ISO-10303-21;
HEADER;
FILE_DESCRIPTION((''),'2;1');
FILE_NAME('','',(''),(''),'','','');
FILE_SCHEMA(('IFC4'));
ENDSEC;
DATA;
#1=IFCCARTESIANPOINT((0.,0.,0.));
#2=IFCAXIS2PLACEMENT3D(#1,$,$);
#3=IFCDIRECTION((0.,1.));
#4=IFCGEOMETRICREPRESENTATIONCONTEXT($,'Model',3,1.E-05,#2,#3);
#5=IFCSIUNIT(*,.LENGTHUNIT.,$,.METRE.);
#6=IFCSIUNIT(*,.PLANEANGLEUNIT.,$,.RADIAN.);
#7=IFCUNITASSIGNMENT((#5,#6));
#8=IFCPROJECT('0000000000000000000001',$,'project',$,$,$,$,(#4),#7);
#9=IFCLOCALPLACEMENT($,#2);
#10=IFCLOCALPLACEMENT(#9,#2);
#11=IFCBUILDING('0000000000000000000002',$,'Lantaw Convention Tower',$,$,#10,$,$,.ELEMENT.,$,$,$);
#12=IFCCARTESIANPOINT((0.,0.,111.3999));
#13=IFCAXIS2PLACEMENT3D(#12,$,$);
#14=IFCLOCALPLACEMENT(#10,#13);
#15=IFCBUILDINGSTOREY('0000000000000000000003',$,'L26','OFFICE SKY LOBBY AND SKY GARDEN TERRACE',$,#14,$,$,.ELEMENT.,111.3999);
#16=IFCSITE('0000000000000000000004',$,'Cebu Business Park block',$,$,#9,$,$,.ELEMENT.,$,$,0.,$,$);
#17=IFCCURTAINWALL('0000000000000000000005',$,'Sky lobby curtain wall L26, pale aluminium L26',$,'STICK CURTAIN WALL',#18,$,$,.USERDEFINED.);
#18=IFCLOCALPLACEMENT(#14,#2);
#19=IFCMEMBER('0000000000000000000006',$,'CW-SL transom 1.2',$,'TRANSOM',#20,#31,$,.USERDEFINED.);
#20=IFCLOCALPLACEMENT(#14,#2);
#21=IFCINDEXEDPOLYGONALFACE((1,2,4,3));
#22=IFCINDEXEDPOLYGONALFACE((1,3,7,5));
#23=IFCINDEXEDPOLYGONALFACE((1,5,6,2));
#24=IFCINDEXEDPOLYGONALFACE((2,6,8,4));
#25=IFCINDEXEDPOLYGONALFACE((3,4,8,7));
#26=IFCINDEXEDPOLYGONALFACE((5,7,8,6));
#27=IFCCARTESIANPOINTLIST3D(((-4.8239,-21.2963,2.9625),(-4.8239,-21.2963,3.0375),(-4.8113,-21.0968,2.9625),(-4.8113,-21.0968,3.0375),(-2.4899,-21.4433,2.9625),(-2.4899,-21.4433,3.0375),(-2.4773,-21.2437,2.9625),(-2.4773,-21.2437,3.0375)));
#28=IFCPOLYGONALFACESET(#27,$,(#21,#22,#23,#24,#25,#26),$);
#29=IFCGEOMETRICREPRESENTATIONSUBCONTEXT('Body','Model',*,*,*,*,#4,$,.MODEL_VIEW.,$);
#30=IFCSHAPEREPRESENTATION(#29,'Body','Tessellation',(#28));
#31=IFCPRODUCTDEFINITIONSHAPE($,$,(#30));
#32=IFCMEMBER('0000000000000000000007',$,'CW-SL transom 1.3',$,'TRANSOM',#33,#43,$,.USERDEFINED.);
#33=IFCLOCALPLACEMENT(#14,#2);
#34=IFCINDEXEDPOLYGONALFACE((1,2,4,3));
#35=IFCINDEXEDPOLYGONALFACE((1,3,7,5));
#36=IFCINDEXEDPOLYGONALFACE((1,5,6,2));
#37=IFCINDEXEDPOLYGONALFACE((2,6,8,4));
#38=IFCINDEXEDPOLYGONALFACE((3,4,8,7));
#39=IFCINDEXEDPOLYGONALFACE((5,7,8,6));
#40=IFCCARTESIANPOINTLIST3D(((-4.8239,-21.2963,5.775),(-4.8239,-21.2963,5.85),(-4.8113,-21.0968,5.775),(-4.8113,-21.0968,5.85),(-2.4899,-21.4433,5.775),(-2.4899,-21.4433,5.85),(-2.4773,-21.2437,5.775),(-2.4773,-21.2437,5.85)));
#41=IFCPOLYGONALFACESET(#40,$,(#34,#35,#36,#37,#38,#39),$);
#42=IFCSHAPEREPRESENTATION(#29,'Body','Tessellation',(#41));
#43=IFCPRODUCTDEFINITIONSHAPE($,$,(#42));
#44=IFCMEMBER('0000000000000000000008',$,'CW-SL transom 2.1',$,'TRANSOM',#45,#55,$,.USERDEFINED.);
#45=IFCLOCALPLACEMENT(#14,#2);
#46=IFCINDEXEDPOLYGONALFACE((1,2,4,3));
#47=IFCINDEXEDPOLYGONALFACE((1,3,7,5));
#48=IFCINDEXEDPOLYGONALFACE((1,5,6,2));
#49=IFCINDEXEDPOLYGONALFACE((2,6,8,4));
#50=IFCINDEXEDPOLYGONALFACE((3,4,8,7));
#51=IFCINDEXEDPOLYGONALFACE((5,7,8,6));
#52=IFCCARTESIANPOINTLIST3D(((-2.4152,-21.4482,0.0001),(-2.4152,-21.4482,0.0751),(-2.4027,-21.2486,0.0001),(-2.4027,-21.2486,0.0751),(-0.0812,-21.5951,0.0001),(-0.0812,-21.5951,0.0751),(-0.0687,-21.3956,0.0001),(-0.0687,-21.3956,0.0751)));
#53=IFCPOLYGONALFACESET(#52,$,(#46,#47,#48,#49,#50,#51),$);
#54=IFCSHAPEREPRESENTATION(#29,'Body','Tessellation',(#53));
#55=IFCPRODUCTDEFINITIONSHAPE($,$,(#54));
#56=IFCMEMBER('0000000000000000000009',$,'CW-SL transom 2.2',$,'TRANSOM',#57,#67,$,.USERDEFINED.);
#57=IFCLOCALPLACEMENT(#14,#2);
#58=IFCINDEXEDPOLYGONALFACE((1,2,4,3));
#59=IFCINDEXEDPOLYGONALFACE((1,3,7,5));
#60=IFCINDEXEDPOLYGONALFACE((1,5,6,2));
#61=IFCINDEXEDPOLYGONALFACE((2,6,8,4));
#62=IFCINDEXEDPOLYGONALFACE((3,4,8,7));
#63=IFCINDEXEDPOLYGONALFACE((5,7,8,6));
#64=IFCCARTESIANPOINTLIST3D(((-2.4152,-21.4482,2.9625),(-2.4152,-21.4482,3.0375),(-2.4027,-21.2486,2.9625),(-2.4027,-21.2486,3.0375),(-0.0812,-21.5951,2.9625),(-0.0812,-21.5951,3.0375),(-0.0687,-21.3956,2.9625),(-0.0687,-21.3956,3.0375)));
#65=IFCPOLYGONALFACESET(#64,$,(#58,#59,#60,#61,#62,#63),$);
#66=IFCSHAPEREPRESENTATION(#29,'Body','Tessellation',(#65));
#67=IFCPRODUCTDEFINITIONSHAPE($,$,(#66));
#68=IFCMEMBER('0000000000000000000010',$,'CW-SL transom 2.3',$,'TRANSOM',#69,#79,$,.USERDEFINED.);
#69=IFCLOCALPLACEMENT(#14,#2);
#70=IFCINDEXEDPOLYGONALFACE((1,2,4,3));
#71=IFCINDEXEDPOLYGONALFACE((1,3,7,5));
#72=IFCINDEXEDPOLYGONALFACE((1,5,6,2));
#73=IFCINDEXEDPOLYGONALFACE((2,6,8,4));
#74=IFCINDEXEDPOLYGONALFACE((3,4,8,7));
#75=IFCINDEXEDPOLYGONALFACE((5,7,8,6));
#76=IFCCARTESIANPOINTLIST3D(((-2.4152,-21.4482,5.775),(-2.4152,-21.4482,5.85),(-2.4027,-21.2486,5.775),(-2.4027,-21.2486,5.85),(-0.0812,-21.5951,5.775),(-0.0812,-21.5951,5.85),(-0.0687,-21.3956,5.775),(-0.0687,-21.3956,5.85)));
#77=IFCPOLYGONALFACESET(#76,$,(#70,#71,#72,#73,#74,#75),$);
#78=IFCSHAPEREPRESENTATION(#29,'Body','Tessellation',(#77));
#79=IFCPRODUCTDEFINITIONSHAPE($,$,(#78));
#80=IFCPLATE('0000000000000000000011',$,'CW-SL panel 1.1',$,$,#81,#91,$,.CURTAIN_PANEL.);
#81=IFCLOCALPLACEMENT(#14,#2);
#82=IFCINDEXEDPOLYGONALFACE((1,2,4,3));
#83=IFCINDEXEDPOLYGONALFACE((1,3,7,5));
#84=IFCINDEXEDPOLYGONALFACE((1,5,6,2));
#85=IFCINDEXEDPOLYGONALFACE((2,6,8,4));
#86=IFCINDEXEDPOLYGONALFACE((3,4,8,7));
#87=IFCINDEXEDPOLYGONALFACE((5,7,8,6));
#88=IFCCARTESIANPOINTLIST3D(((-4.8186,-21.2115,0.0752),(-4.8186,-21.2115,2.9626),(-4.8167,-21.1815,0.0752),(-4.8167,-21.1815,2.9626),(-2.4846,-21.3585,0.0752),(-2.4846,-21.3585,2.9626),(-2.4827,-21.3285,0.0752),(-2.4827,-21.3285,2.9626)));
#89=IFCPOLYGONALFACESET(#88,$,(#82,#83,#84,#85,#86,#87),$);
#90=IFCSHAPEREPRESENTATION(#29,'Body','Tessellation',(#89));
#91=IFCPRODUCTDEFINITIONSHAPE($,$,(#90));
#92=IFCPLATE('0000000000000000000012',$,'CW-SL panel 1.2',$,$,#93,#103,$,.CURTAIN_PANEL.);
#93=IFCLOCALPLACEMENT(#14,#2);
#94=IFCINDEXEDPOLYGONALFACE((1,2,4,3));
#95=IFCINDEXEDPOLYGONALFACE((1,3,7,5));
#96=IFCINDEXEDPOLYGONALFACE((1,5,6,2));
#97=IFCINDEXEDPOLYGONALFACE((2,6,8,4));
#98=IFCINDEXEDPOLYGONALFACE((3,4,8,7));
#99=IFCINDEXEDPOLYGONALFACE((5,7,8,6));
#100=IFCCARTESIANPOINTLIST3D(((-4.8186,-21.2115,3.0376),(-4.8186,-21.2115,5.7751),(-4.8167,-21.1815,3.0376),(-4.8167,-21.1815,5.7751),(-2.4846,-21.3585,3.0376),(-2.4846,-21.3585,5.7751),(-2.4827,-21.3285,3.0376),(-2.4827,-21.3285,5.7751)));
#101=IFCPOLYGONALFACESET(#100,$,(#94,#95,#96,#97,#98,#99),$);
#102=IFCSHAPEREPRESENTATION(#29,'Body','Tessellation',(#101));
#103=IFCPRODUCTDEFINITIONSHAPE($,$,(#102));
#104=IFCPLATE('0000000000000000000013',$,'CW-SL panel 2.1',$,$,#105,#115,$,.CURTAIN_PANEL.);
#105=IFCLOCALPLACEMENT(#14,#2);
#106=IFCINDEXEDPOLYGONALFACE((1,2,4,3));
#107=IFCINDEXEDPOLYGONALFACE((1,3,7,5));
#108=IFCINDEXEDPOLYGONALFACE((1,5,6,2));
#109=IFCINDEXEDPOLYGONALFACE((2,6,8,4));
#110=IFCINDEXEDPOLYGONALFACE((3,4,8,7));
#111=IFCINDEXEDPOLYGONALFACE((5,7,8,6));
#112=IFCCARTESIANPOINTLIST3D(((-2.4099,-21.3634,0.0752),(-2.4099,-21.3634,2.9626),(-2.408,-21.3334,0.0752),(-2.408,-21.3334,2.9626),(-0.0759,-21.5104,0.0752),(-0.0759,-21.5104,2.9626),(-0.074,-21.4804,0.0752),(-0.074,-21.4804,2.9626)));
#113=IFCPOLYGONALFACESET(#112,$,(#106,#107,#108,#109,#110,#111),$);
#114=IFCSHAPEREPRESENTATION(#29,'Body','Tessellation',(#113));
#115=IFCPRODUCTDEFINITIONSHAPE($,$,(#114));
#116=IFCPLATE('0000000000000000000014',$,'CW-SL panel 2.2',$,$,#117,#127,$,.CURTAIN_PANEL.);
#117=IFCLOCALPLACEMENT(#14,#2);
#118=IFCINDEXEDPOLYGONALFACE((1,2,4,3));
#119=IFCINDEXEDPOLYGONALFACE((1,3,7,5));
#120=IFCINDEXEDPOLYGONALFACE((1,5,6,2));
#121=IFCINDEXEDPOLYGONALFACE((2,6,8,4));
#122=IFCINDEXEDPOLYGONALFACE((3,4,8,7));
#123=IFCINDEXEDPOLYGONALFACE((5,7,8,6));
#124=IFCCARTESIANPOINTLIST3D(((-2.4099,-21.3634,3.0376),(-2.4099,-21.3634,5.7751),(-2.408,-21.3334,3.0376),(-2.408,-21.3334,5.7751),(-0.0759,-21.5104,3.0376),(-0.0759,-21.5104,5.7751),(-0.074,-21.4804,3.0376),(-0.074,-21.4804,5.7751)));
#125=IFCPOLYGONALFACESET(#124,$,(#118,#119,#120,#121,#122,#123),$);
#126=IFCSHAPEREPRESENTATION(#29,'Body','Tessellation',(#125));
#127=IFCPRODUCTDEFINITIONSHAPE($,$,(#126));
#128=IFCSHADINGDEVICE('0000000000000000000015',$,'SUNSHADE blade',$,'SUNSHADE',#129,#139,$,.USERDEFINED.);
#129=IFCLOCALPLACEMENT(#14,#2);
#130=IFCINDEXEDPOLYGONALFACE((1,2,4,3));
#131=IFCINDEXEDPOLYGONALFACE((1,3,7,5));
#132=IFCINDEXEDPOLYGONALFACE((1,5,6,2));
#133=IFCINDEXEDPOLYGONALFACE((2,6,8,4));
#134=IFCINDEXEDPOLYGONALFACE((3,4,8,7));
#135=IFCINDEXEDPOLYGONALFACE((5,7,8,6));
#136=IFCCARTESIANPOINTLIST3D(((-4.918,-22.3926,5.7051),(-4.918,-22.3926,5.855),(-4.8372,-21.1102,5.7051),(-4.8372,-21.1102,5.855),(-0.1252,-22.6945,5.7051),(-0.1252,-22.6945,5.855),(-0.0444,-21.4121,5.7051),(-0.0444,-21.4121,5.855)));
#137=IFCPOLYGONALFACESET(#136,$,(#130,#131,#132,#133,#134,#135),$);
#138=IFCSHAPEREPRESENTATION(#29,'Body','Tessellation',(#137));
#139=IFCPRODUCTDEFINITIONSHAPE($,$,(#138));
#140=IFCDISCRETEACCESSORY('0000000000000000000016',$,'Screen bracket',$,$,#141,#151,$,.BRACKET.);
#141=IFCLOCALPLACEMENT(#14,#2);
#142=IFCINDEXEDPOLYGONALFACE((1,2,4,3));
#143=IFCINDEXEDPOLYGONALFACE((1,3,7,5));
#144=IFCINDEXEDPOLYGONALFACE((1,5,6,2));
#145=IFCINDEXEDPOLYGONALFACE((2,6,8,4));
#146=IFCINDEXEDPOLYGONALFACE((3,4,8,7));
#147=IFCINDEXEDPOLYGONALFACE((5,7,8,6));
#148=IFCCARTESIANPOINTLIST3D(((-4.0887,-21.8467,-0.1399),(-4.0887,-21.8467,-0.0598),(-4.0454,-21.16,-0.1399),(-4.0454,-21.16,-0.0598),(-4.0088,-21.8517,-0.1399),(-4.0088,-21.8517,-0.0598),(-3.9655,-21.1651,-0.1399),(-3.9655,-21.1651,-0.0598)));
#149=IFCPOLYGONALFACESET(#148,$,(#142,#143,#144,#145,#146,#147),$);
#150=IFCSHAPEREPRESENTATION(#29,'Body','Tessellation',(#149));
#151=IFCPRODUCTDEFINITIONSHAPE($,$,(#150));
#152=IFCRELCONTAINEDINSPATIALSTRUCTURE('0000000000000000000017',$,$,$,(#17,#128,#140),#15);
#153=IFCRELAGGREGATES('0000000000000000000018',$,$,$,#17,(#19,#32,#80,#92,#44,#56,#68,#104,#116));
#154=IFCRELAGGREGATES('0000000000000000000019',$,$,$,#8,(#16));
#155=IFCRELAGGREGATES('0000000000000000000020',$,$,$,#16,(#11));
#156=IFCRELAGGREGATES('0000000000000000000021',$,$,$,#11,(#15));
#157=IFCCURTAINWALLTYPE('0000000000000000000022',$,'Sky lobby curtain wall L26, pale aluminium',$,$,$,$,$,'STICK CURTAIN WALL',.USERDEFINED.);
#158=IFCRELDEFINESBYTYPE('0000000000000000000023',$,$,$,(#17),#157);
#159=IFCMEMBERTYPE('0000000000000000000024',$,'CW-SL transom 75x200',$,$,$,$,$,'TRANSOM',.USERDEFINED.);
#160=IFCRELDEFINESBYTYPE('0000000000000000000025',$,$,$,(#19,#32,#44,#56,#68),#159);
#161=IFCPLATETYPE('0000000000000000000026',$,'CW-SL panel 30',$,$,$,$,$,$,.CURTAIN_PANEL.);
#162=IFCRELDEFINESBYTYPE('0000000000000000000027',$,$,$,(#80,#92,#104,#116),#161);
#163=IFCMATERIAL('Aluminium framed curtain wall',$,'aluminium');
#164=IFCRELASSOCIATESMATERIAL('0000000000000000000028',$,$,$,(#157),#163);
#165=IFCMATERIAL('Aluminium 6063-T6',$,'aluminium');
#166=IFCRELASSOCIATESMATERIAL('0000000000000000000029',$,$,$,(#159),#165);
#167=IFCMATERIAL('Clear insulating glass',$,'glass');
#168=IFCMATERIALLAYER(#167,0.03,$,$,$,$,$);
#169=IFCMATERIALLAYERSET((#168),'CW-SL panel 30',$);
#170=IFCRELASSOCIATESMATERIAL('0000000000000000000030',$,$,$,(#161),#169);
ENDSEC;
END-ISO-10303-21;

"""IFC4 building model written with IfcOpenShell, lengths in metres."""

from ifc_helpers import new_model, si_unit, direction, frame, origin, origin_2d, place, context, subcontext, project, spatial, rectangle, extrude, material, layer, layer_set, material_profile, profile_set, type_object, element, aggregate, save


model = new_model("IFC4")

# Units and contexts
model_context = context("Model", 3, precision=1e-05, world=origin(), true_north=direction((0.0, 1.0)))
body_context = subcontext(model_context, "Body", "Model", "MODEL_VIEW")
ifc_project = project(units=[si_unit("LENGTHUNIT", "METRE"), si_unit("PLANEANGLEUNIT", "RADIAN")], contexts=[model_context])

# Site, building, storey
site_placement = place(None, origin())
site = spatial("IfcSite", under=ifc_project, at=site_placement, Name="Cebu Business Park block", CompositionType="ELEMENT", RefElevation=0.0)
building_placement = place(site_placement, origin())
building = spatial("IfcBuilding", under=site, at=building_placement, Name="Lantaw Convention Tower", CompositionType="ELEMENT")
storey_placement = place(building_placement, frame((0.0, 0.0, 111.3999)))
storey = spatial("IfcBuildingStorey", under=building, at=storey_placement, Name="L26", Description="OFFICE SKY LOBBY AND SKY GARDEN TERRACE", CompositionType="ELEMENT", Elevation=111.3999)

# Curtain wall, members, plates
ifc_material_1 = material(Name="Aluminium framed curtain wall", Category="aluminium")
curtain_wall_type = type_object("IfcCurtainWallType", Name="Sky lobby curtain wall L26, pale aluminium", ElementType="STICK CURTAIN WALL", PredefinedType="USERDEFINED", material=ifc_material_1)
curtain_wall_placement = place(storey_placement, origin())
curtain_wall = element("IfcCurtainWall", 1, at=curtain_wall_placement, inside=storey, type_object=curtain_wall_type, Name="Sky lobby curtain wall L26, pale aluminium L26", ObjectType="STICK CURTAIN WALL", PredefinedType="USERDEFINED")
ifc_material_2 = material(Name="Aluminium 6063-T6", Category="aluminium")
ifc_material_profile_1 = material_profile(ifc_material_2, rectangle(XDim=0.2, YDim=0.075, at=origin_2d()), Name="CW-SL transom 75x200")
ifc_profile_set_1 = profile_set([ifc_material_profile_1], Name="Aluminium 6063-T6")
member_type_1 = type_object("IfcMemberType", Name="CW-SL transom 75x200", ElementType="TRANSOM", PredefinedType="USERDEFINED", material=ifc_profile_set_1)
member_1_placement = place(storey_placement, frame((-4.8176, -21.1965, 3.0), z_axis=(0.998023, -0.062846, 0.0), x_axis=(0.062846, 0.998023, 0.0)))
member_1 = element("IfcMember", 2, at=member_1_placement, type_object=member_type_1, Name="CW-SL transom 1.2", ObjectType="TRANSOM", PredefinedType="USERDEFINED", context=body_context, shape_type="SweptSolid", body=[
    extrude(rectangle(XDim=0.2, YDim=0.075, at=origin_2d()), origin(), (0.0, 0.0, 1.0), 2.3386),
])
member_2_placement = place(storey_placement, frame((-4.8176, -21.1965, 5.8125), z_axis=(0.998023, -0.062846, 0.0), x_axis=(0.062846, 0.998023, 0.0)))
member_2 = element("IfcMember", 3, at=member_2_placement, type_object=member_type_1, Name="CW-SL transom 1.3", ObjectType="TRANSOM", PredefinedType="USERDEFINED", context=body_context, shape_type="SweptSolid", body=[
    extrude(rectangle(XDim=0.2, YDim=0.075, at=origin_2d()), origin(), (0.0, 0.0, 1.0), 2.3386),
])
member_3_placement = place(storey_placement, frame((-2.4089, -21.3484, 0.0376), z_axis=(0.998023, -0.062846, 0.0), x_axis=(0.062846, 0.998023, 0.0)))
member_3 = element("IfcMember", 4, at=member_3_placement, type_object=member_type_1, Name="CW-SL transom 2.1", ObjectType="TRANSOM", PredefinedType="USERDEFINED", context=body_context, shape_type="SweptSolid", body=[
    extrude(rectangle(XDim=0.2, YDim=0.075, at=origin_2d()), origin(), (0.0, 0.0, 1.0), 2.3386),
])
member_4_placement = place(storey_placement, frame((-2.4089, -21.3484, 3.0), z_axis=(0.998023, -0.062846, 0.0), x_axis=(0.062846, 0.998023, 0.0)))
member_4 = element("IfcMember", 5, at=member_4_placement, type_object=member_type_1, Name="CW-SL transom 2.2", ObjectType="TRANSOM", PredefinedType="USERDEFINED", context=body_context, shape_type="SweptSolid", body=[
    extrude(rectangle(XDim=0.2, YDim=0.075, at=origin_2d()), origin(), (0.0, 0.0, 1.0), 2.3386),
])
member_5_placement = place(storey_placement, frame((-2.4089, -21.3484, 5.8125), z_axis=(0.998023, -0.062846, 0.0), x_axis=(0.062846, 0.998023, 0.0)))
member_5 = element("IfcMember", 6, at=member_5_placement, type_object=member_type_1, Name="CW-SL transom 2.3", ObjectType="TRANSOM", PredefinedType="USERDEFINED", context=body_context, shape_type="SweptSolid", body=[
    extrude(rectangle(XDim=0.2, YDim=0.075, at=origin_2d()), origin(), (0.0, 0.0, 1.0), 2.3386),
])
ifc_material_3 = material(Name="Clear insulating glass", Category="glass")
ifc_layer_1 = layer(ifc_material_3, 0.03)
ifc_layer_set_1 = layer_set([ifc_layer_1], Name="CW-SL panel 30")
plate_type = type_object("IfcPlateType", Name="CW-SL panel 30", PredefinedType="CURTAIN_PANEL", material=ifc_layer_set_1)
plate_1_placement = place(storey_placement, frame((-3.6506, -21.27, 0.0752), z_axis=(0.0, 0.0, 1.0), x_axis=(0.998022, -0.062865, 0.0)))
plate_1 = element("IfcPlate", 7, at=plate_1_placement, type_object=plate_type, Name="CW-SL panel 1.1", PredefinedType="CURTAIN_PANEL", context=body_context, shape_type="SweptSolid", body=[
    extrude(rectangle(XDim=2.3386, YDim=0.03, at=origin_2d()), origin(), (0.0, 0.0, 1.0), 2.8875),
])
plate_2_placement = place(storey_placement, frame((-3.6506, -21.27, 3.0376), z_axis=(0.0, 0.0, 1.0), x_axis=(0.998022, -0.062865, 0.0)))
plate_2 = element("IfcPlate", 8, at=plate_2_placement, type_object=plate_type, Name="CW-SL panel 1.2", PredefinedType="CURTAIN_PANEL", context=body_context, shape_type="SweptSolid", body=[
    extrude(rectangle(XDim=2.3386, YDim=0.03, at=origin_2d()), origin(), (0.0, 0.0, 1.0), 2.7375),
])
plate_3_placement = place(storey_placement, frame((-1.2419, -21.4219, 0.0752), z_axis=(0.0, 0.0, 1.0), x_axis=(0.998022, -0.062865, 0.0)))
plate_3 = element("IfcPlate", 9, at=plate_3_placement, type_object=plate_type, Name="CW-SL panel 2.1", PredefinedType="CURTAIN_PANEL", context=body_context, shape_type="SweptSolid", body=[
    extrude(rectangle(XDim=2.3386, YDim=0.03, at=origin_2d()), origin(), (0.0, 0.0, 1.0), 2.8875),
])
plate_4_placement = place(storey_placement, frame((-1.2419, -21.4219, 3.0376), z_axis=(0.0, 0.0, 1.0), x_axis=(0.998022, -0.062865, 0.0)))
plate_4 = element("IfcPlate", 10, at=plate_4_placement, type_object=plate_type, Name="CW-SL panel 2.2", PredefinedType="CURTAIN_PANEL", context=body_context, shape_type="SweptSolid", body=[
    extrude(rectangle(XDim=2.3386, YDim=0.03, at=origin_2d()), origin(), (0.0, 0.0, 1.0), 2.7375),
])
aggregate(curtain_wall, [member_1, member_2, plate_1, plate_2, member_3, member_4, member_5, plate_3, plate_4])

# Shading device
shading_device_placement = place(storey_placement, frame((-2.4812, -21.9023, 5.7051), z_axis=(0.0, 0.0, 1.0), x_axis=(0.998022, -0.062865, 0.0)))
element("IfcShadingDevice", 11, at=shading_device_placement, inside=storey, Name="SUNSHADE blade", ObjectType="SUNSHADE", PredefinedType="USERDEFINED", context=body_context, shape_type="SweptSolid", body=[
    extrude(rectangle(XDim=4.8022, YDim=1.2849, at=origin_2d()), origin(), (0.0, 0.0, 1.0), 0.1499),
])

# Discrete accessory
discrete_accessory_placement = place(storey_placement, frame((-4.0271, -21.5059, -0.1399), z_axis=(0.0, 0.0, 1.0), x_axis=(0.998022, -0.062865, 0.0)))
element("IfcDiscreteAccessory", 12, at=discrete_accessory_placement, inside=storey, Name="Screen bracket", PredefinedType="BRACKET", context=body_context, shape_type="SweptSolid", body=[
    extrude(rectangle(XDim=0.0801, YDim=0.688, at=origin_2d()), origin(), (0.0, 0.0, 1.0), 0.0801),
])

save(model, "model.ifc")
